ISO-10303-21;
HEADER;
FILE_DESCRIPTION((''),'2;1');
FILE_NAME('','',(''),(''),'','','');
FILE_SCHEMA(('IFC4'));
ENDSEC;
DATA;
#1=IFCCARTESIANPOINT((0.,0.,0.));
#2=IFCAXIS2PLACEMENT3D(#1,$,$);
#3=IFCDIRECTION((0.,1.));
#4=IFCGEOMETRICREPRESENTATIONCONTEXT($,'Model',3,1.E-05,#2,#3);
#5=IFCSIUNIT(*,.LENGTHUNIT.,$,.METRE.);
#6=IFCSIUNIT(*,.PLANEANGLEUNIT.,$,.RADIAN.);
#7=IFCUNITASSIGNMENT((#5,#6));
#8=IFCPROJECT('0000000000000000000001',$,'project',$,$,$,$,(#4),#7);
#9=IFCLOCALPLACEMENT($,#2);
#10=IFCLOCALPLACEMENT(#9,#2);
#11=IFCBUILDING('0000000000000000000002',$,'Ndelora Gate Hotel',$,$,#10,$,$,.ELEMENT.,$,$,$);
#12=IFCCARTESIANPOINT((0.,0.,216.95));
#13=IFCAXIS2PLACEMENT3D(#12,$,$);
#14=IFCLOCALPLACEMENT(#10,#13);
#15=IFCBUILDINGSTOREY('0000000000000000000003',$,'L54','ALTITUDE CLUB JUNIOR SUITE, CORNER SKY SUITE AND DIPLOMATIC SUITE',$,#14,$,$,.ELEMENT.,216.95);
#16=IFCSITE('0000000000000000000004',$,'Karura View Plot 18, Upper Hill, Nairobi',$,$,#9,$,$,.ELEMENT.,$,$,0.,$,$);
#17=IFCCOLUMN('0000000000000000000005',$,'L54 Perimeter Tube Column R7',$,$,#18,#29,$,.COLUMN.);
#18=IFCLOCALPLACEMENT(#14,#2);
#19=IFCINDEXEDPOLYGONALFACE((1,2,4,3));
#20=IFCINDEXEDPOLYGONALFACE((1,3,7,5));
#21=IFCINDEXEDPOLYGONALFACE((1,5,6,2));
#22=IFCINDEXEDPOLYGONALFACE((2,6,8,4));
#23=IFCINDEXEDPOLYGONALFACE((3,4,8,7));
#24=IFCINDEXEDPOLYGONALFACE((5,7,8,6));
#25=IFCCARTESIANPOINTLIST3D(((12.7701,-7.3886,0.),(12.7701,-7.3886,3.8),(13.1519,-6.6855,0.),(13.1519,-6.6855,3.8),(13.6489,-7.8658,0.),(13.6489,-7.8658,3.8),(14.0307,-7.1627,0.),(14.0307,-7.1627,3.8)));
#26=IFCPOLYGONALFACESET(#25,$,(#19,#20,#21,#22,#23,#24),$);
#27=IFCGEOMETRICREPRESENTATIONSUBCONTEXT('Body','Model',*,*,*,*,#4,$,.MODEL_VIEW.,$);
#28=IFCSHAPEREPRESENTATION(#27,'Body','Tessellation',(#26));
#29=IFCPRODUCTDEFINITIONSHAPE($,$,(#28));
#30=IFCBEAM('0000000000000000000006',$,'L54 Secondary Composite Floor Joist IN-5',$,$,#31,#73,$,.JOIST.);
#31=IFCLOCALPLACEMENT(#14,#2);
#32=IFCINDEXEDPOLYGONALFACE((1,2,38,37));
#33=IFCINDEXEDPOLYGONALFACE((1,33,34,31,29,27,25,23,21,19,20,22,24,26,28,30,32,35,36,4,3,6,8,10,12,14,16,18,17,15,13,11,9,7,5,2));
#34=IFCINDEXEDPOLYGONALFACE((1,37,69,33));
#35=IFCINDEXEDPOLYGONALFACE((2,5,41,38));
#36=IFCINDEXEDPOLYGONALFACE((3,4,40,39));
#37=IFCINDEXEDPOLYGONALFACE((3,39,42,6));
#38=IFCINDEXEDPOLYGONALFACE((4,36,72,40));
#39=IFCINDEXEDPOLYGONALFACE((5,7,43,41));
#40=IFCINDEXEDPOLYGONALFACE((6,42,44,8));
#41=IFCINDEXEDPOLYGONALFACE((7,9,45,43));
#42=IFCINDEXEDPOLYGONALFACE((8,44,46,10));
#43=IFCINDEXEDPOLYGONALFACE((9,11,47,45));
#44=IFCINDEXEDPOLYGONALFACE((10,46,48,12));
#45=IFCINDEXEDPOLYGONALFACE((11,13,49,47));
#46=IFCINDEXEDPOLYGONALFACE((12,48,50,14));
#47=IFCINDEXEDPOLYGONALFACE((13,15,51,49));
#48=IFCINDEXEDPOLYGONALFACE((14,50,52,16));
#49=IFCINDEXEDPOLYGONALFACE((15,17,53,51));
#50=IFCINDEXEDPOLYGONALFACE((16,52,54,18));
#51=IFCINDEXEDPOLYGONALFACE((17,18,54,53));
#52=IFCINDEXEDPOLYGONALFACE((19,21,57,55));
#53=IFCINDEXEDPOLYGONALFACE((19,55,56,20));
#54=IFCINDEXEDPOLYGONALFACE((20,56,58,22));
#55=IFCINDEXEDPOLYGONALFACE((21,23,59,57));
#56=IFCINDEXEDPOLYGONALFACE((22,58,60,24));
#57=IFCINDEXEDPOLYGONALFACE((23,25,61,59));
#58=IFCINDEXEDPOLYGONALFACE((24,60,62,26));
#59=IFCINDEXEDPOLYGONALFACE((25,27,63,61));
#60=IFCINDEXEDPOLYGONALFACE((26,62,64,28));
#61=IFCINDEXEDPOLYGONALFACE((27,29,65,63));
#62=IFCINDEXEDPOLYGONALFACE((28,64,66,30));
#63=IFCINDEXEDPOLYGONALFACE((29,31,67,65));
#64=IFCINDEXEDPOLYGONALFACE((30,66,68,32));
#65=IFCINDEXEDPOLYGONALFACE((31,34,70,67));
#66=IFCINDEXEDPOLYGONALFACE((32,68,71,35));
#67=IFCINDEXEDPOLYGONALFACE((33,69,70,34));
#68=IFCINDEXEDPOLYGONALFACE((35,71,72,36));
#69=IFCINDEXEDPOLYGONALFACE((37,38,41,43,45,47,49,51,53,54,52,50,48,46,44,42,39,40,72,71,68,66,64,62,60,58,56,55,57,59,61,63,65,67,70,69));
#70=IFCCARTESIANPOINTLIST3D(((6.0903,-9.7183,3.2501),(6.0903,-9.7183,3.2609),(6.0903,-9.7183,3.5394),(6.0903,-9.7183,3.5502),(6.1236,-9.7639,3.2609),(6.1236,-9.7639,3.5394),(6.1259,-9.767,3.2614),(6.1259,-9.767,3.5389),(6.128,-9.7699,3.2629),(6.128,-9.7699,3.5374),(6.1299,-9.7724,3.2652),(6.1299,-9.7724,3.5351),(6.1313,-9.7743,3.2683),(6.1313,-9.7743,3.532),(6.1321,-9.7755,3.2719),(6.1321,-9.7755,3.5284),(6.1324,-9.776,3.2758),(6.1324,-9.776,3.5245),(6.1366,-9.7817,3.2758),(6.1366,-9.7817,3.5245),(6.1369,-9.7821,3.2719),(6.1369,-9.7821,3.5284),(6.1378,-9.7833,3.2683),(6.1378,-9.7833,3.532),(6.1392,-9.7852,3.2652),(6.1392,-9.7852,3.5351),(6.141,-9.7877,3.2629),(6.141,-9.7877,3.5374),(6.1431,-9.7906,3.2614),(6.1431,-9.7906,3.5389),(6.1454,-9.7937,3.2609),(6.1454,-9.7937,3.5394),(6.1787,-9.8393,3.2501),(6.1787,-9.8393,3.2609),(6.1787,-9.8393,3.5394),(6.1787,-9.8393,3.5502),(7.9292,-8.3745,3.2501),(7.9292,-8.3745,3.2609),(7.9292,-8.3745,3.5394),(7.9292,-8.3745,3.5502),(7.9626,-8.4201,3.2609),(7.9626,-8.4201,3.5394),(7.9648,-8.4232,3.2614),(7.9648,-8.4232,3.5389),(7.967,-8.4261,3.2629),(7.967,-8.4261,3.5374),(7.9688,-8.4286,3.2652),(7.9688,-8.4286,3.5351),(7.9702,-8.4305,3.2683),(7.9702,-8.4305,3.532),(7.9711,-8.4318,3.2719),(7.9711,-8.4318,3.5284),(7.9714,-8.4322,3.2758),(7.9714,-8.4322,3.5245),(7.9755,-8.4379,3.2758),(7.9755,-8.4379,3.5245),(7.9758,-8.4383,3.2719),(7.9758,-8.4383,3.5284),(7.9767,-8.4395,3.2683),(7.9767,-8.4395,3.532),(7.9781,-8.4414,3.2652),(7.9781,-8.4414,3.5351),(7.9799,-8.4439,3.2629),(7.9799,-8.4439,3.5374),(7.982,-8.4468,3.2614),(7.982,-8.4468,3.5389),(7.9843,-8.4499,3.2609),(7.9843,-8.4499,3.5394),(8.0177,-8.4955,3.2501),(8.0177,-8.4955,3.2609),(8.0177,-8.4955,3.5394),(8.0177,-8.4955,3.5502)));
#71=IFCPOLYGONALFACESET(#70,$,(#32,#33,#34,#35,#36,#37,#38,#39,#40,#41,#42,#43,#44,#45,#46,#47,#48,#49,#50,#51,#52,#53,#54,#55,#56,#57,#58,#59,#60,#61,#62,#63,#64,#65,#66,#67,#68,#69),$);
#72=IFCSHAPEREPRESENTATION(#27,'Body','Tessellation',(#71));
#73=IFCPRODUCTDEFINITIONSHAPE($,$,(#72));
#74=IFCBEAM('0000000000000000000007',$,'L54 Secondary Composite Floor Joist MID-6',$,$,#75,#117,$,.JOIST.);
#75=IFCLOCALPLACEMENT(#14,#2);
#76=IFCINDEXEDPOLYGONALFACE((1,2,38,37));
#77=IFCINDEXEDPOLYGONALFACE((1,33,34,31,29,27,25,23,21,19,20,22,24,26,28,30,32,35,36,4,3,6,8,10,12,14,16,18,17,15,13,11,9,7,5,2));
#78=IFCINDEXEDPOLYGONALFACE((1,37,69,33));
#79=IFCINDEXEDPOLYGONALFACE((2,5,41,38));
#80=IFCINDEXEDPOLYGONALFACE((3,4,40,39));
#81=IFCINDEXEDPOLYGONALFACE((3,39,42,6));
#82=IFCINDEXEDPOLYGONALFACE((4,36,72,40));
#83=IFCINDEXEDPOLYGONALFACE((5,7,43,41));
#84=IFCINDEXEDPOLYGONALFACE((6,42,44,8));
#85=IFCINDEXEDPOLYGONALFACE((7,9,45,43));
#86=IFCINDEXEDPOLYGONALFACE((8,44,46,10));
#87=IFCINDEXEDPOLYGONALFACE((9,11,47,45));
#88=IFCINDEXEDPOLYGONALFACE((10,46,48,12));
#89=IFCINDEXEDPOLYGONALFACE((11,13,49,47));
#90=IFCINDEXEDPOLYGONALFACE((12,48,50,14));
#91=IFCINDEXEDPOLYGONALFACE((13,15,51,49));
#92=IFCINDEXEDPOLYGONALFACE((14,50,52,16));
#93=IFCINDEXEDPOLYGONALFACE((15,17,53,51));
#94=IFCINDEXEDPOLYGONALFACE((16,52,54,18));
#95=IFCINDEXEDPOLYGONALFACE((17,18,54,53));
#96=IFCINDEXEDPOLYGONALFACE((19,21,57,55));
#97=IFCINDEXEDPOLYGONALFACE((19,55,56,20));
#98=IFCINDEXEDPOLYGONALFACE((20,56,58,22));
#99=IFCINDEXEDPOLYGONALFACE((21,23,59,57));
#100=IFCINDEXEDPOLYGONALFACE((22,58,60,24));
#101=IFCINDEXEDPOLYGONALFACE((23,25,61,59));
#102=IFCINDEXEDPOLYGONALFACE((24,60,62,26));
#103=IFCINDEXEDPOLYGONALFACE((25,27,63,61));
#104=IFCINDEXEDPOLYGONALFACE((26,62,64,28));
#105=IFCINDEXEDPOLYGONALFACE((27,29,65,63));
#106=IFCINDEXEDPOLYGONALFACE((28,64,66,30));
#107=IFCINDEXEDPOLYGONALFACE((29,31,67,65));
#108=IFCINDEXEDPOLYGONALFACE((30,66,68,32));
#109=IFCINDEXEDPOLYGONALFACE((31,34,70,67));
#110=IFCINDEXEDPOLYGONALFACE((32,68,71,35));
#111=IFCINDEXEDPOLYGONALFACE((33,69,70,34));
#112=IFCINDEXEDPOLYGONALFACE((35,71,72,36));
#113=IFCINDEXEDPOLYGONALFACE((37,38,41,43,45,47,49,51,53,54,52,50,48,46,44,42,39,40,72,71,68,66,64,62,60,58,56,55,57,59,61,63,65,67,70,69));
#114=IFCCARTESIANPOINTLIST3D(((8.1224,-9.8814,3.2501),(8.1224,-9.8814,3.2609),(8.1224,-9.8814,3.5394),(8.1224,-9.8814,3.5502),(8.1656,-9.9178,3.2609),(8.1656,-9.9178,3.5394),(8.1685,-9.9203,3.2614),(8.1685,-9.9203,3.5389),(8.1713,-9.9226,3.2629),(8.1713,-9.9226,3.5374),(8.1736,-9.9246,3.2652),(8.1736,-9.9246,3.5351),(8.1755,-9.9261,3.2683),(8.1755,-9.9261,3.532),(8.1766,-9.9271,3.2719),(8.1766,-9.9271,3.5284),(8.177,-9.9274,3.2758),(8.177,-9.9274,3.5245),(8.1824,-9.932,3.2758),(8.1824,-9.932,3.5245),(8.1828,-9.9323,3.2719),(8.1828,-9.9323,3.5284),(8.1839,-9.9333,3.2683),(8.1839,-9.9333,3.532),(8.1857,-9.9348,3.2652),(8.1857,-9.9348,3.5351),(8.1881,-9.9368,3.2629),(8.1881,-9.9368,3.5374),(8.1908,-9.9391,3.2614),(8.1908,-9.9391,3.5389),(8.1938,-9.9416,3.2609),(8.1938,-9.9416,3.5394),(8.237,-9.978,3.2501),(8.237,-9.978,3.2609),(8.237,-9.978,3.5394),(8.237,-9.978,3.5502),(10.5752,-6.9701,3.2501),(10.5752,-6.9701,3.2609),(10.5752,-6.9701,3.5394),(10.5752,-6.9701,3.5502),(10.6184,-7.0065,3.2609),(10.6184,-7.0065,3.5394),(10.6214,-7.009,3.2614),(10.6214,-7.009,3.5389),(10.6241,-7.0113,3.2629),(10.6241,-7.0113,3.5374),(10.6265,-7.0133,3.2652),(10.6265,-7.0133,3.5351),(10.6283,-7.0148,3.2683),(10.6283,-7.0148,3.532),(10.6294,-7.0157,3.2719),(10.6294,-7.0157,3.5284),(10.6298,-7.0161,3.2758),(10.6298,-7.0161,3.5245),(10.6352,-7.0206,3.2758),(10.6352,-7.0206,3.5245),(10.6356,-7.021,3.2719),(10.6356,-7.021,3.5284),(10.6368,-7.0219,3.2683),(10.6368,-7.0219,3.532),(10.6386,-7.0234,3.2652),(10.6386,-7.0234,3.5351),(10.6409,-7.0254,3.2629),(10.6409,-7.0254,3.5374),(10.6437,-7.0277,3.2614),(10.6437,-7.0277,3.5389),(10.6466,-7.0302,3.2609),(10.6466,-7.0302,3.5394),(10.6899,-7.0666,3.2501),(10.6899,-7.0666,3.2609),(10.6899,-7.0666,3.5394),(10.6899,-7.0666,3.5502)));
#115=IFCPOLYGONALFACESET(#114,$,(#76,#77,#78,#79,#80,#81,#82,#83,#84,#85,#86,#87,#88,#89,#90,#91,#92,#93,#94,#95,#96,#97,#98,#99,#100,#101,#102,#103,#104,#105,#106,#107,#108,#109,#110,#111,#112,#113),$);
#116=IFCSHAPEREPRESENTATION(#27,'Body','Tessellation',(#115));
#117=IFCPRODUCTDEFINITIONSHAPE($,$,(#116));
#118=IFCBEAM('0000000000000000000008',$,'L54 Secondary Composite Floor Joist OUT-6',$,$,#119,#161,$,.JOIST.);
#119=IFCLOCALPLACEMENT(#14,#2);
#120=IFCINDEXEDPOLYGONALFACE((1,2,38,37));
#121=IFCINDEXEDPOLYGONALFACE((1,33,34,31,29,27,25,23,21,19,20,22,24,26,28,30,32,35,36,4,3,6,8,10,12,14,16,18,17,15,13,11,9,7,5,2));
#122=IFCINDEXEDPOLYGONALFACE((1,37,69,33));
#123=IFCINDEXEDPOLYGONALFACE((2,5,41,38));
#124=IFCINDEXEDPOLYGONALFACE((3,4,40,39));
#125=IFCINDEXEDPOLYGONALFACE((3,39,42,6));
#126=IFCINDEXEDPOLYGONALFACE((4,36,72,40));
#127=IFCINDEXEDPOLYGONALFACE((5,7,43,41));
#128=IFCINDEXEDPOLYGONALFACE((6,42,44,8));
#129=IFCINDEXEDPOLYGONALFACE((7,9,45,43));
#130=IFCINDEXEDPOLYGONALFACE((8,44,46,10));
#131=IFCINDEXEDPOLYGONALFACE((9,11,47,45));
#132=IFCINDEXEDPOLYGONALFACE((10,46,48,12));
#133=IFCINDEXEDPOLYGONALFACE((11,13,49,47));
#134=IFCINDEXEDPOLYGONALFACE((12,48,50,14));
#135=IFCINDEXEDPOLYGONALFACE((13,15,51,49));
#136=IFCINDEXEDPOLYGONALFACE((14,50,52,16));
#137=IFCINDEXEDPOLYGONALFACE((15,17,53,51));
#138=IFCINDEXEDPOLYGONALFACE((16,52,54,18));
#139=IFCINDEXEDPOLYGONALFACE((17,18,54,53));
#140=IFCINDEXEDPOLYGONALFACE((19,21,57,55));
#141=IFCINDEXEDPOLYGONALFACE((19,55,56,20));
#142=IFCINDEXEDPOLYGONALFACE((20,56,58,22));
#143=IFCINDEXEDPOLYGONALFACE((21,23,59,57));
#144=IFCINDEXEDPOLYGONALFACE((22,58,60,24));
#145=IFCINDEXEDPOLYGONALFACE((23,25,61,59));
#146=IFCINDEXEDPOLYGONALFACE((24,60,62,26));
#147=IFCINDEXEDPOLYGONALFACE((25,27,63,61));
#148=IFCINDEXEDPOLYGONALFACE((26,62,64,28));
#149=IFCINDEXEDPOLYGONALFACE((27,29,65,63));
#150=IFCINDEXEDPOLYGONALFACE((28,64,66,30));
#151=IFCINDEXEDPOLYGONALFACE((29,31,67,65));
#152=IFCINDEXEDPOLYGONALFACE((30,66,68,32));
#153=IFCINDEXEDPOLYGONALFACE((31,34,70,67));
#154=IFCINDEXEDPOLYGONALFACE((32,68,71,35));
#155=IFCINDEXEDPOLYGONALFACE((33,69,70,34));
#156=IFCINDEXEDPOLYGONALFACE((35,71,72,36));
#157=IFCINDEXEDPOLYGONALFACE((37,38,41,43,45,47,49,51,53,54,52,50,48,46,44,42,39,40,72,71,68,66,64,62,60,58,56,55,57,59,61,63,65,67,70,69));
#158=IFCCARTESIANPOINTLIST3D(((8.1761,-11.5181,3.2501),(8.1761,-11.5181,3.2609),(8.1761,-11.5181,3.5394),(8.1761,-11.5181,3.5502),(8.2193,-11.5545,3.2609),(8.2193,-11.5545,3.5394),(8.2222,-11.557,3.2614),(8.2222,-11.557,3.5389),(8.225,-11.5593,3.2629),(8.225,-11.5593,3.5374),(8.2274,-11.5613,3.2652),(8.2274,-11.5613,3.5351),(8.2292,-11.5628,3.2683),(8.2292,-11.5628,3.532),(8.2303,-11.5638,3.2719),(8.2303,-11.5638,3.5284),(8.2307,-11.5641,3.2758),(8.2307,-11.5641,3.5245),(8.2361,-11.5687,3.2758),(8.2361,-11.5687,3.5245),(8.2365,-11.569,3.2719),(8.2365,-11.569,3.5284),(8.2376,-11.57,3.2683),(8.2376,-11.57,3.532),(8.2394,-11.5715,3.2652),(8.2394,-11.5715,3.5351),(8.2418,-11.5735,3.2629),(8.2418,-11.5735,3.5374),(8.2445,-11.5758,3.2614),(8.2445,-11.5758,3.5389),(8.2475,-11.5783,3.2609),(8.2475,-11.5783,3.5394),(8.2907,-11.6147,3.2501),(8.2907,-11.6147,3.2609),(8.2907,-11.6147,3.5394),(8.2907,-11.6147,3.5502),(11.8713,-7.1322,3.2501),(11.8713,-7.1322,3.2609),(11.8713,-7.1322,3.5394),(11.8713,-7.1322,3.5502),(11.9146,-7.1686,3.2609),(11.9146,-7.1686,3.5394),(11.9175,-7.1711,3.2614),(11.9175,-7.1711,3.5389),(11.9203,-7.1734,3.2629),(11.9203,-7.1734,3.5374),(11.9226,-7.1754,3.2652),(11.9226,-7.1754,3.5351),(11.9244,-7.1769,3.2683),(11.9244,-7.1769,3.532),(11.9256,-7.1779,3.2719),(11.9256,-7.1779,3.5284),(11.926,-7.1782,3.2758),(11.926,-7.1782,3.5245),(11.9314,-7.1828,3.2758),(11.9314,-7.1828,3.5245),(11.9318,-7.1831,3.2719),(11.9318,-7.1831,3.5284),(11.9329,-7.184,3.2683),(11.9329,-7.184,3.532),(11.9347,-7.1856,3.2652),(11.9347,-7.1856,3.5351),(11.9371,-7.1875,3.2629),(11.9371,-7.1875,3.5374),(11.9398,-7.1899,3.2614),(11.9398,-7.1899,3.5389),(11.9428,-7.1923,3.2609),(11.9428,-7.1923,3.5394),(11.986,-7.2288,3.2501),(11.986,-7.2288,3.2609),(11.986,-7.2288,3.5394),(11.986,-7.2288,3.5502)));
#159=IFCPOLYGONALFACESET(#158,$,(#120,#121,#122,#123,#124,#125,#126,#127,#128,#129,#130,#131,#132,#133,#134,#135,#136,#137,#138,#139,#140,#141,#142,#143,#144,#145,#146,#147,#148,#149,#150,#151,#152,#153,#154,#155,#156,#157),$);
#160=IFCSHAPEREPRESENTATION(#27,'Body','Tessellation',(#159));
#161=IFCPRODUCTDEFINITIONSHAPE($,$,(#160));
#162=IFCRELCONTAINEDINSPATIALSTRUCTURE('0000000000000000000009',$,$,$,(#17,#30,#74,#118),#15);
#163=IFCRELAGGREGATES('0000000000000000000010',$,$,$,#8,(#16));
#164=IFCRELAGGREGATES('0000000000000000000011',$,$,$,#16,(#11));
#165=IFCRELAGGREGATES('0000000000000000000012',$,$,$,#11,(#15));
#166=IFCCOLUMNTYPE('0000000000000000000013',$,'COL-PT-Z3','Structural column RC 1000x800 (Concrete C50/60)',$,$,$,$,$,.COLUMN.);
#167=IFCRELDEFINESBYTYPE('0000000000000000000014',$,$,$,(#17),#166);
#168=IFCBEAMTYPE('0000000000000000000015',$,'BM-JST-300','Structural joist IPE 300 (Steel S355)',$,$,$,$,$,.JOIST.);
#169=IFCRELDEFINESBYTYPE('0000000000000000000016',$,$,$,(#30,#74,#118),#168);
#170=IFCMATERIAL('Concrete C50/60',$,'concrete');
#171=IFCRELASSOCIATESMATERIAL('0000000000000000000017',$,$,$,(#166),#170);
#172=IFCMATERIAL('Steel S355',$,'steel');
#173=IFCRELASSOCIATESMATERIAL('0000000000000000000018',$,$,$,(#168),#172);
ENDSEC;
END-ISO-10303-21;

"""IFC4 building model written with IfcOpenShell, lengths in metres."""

from ifc_helpers import new_model, si_unit, direction, frame, origin, origin_2d, place, context, subcontext, project, spatial, rectangle, i_section, extrude, material, material_profile, profile_set, type_object, element, save


model = new_model("IFC4")

# Units and contexts
model_context = context("Model", 3, precision=1e-05, world=origin(), true_north=direction((0.0, 1.0)))
body_context = subcontext(model_context, "Body", "Model", "MODEL_VIEW")
ifc_project = project(units=[si_unit("LENGTHUNIT", "METRE"), si_unit("PLANEANGLEUNIT", "RADIAN")], contexts=[model_context])

# Site, building, storey
site_placement = place(None, origin())
site = spatial("IfcSite", under=ifc_project, at=site_placement, Name="Karura View Plot 18, Upper Hill, Nairobi", CompositionType="ELEMENT", RefElevation=0.0)
building_placement = place(site_placement, origin())
building = spatial("IfcBuilding", under=site, at=building_placement, Name="Ndelora Gate Hotel", CompositionType="ELEMENT")
storey_placement = place(building_placement, frame((0.0, 0.0, 216.95)))
storey = spatial("IfcBuildingStorey", under=building, at=storey_placement, Name="L54", Description="ALTITUDE CLUB JUNIOR SUITE, CORNER SKY SUITE AND DIPLOMATIC SUITE", CompositionType="ELEMENT", Elevation=216.95)

# Column
ifc_material_1 = material(Name="Concrete C50/60", Category="concrete")
ifc_material_profile_1 = material_profile(ifc_material_1, rectangle(XDim=0.8, YDim=1.0, at=origin_2d()), Name="RC 1000x800")
ifc_profile_set_1 = profile_set([ifc_material_profile_1], Name="Concrete C50/60")
column_type = type_object("IfcColumnType", Name="COL-PT-Z3", Description="Structural column RC 1000x800 (Concrete C50/60)", PredefinedType="COLUMN", material=ifc_profile_set_1)
column_placement = place(storey_placement, frame((13.4004, -7.2756, 0.0), z_axis=(0.0, 0.0, 1.0), x_axis=(0.477159, 0.878817, 0.0)))
element("IfcColumn", 1, at=column_placement, inside=storey, type_object=column_type, Name="L54 Perimeter Tube Column R7", PredefinedType="COLUMN", context=body_context, shape_type="SweptSolid", body=[
    extrude(rectangle(XDim=0.8, YDim=1.0, at=origin_2d()), origin(), (0.0, 0.0, 1.0), 3.8),
])

# Beams
ifc_material_2 = material(Name="Steel S355", Category="steel")
ifc_material_profile_2 = material_profile(ifc_material_2, i_section(OverallWidth=0.1499, OverallDepth=0.3, WebThickness=0.0071, FlangeThickness=0.0107, FilletRadius=0.0149, at=origin_2d()), Name="IPE 300")
ifc_profile_set_2 = profile_set([ifc_material_profile_2], Name="Steel S355")
beam_type_1 = type_object("IfcBeamType", Name="BM-JST-300", Description="Structural joist IPE 300 (Steel S355)", PredefinedType="JOIST", material=ifc_profile_set_2)
beam_1_placement = place(storey_placement, frame((6.1345, -9.7788, 3.4001), z_axis=(0.807399, 0.590006, 0.0), x_axis=(-0.590006, 0.807399, 0.0)))
element("IfcBeam", 2, at=beam_1_placement, inside=storey, type_object=beam_type_1, Name="L54 Secondary Composite Floor Joist IN-5", PredefinedType="JOIST", context=body_context, shape_type="SweptSolid", body=[
    extrude(i_section(OverallWidth=0.1499, OverallDepth=0.3, WebThickness=0.0071, FlangeThickness=0.0107, FilletRadius=0.0149, at=origin_2d()), origin(), (0.0, 0.0, 1.0), 2.2776),
])
beam_2_placement = place(storey_placement, frame((8.1797, -9.9297, 3.4001), z_axis=(0.644319, 0.764757, 0.0), x_axis=(-0.764757, 0.644319, 0.0)))
element("IfcBeam", 3, at=beam_2_placement, inside=storey, type_object=beam_type_1, Name="L54 Secondary Composite Floor Joist MID-6", PredefinedType="JOIST", context=body_context, shape_type="SweptSolid", body=[
    extrude(i_section(OverallWidth=0.1499, OverallDepth=0.3, WebThickness=0.0071, FlangeThickness=0.0107, FilletRadius=0.0149, at=origin_2d()), origin(), (0.0, 0.0, 1.0), 3.8069),
])
beam_3_placement = place(storey_placement, frame((8.2334, -11.5664, 3.4001), z_axis=(0.644324, 0.764752, 0.0), x_axis=(-0.764752, 0.644324, 0.0)))
element("IfcBeam", 4, at=beam_3_placement, inside=storey, type_object=beam_type_1, Name="L54 Secondary Composite Floor Joist OUT-6", PredefinedType="JOIST", context=body_context, shape_type="SweptSolid", body=[
    extrude(i_section(OverallWidth=0.1499, OverallDepth=0.3, WebThickness=0.0071, FlangeThickness=0.0107, FilletRadius=0.0149, at=origin_2d()), origin(), (0.0, 0.0, 1.0), 5.7351),
])

save(model, "model.ifc")
